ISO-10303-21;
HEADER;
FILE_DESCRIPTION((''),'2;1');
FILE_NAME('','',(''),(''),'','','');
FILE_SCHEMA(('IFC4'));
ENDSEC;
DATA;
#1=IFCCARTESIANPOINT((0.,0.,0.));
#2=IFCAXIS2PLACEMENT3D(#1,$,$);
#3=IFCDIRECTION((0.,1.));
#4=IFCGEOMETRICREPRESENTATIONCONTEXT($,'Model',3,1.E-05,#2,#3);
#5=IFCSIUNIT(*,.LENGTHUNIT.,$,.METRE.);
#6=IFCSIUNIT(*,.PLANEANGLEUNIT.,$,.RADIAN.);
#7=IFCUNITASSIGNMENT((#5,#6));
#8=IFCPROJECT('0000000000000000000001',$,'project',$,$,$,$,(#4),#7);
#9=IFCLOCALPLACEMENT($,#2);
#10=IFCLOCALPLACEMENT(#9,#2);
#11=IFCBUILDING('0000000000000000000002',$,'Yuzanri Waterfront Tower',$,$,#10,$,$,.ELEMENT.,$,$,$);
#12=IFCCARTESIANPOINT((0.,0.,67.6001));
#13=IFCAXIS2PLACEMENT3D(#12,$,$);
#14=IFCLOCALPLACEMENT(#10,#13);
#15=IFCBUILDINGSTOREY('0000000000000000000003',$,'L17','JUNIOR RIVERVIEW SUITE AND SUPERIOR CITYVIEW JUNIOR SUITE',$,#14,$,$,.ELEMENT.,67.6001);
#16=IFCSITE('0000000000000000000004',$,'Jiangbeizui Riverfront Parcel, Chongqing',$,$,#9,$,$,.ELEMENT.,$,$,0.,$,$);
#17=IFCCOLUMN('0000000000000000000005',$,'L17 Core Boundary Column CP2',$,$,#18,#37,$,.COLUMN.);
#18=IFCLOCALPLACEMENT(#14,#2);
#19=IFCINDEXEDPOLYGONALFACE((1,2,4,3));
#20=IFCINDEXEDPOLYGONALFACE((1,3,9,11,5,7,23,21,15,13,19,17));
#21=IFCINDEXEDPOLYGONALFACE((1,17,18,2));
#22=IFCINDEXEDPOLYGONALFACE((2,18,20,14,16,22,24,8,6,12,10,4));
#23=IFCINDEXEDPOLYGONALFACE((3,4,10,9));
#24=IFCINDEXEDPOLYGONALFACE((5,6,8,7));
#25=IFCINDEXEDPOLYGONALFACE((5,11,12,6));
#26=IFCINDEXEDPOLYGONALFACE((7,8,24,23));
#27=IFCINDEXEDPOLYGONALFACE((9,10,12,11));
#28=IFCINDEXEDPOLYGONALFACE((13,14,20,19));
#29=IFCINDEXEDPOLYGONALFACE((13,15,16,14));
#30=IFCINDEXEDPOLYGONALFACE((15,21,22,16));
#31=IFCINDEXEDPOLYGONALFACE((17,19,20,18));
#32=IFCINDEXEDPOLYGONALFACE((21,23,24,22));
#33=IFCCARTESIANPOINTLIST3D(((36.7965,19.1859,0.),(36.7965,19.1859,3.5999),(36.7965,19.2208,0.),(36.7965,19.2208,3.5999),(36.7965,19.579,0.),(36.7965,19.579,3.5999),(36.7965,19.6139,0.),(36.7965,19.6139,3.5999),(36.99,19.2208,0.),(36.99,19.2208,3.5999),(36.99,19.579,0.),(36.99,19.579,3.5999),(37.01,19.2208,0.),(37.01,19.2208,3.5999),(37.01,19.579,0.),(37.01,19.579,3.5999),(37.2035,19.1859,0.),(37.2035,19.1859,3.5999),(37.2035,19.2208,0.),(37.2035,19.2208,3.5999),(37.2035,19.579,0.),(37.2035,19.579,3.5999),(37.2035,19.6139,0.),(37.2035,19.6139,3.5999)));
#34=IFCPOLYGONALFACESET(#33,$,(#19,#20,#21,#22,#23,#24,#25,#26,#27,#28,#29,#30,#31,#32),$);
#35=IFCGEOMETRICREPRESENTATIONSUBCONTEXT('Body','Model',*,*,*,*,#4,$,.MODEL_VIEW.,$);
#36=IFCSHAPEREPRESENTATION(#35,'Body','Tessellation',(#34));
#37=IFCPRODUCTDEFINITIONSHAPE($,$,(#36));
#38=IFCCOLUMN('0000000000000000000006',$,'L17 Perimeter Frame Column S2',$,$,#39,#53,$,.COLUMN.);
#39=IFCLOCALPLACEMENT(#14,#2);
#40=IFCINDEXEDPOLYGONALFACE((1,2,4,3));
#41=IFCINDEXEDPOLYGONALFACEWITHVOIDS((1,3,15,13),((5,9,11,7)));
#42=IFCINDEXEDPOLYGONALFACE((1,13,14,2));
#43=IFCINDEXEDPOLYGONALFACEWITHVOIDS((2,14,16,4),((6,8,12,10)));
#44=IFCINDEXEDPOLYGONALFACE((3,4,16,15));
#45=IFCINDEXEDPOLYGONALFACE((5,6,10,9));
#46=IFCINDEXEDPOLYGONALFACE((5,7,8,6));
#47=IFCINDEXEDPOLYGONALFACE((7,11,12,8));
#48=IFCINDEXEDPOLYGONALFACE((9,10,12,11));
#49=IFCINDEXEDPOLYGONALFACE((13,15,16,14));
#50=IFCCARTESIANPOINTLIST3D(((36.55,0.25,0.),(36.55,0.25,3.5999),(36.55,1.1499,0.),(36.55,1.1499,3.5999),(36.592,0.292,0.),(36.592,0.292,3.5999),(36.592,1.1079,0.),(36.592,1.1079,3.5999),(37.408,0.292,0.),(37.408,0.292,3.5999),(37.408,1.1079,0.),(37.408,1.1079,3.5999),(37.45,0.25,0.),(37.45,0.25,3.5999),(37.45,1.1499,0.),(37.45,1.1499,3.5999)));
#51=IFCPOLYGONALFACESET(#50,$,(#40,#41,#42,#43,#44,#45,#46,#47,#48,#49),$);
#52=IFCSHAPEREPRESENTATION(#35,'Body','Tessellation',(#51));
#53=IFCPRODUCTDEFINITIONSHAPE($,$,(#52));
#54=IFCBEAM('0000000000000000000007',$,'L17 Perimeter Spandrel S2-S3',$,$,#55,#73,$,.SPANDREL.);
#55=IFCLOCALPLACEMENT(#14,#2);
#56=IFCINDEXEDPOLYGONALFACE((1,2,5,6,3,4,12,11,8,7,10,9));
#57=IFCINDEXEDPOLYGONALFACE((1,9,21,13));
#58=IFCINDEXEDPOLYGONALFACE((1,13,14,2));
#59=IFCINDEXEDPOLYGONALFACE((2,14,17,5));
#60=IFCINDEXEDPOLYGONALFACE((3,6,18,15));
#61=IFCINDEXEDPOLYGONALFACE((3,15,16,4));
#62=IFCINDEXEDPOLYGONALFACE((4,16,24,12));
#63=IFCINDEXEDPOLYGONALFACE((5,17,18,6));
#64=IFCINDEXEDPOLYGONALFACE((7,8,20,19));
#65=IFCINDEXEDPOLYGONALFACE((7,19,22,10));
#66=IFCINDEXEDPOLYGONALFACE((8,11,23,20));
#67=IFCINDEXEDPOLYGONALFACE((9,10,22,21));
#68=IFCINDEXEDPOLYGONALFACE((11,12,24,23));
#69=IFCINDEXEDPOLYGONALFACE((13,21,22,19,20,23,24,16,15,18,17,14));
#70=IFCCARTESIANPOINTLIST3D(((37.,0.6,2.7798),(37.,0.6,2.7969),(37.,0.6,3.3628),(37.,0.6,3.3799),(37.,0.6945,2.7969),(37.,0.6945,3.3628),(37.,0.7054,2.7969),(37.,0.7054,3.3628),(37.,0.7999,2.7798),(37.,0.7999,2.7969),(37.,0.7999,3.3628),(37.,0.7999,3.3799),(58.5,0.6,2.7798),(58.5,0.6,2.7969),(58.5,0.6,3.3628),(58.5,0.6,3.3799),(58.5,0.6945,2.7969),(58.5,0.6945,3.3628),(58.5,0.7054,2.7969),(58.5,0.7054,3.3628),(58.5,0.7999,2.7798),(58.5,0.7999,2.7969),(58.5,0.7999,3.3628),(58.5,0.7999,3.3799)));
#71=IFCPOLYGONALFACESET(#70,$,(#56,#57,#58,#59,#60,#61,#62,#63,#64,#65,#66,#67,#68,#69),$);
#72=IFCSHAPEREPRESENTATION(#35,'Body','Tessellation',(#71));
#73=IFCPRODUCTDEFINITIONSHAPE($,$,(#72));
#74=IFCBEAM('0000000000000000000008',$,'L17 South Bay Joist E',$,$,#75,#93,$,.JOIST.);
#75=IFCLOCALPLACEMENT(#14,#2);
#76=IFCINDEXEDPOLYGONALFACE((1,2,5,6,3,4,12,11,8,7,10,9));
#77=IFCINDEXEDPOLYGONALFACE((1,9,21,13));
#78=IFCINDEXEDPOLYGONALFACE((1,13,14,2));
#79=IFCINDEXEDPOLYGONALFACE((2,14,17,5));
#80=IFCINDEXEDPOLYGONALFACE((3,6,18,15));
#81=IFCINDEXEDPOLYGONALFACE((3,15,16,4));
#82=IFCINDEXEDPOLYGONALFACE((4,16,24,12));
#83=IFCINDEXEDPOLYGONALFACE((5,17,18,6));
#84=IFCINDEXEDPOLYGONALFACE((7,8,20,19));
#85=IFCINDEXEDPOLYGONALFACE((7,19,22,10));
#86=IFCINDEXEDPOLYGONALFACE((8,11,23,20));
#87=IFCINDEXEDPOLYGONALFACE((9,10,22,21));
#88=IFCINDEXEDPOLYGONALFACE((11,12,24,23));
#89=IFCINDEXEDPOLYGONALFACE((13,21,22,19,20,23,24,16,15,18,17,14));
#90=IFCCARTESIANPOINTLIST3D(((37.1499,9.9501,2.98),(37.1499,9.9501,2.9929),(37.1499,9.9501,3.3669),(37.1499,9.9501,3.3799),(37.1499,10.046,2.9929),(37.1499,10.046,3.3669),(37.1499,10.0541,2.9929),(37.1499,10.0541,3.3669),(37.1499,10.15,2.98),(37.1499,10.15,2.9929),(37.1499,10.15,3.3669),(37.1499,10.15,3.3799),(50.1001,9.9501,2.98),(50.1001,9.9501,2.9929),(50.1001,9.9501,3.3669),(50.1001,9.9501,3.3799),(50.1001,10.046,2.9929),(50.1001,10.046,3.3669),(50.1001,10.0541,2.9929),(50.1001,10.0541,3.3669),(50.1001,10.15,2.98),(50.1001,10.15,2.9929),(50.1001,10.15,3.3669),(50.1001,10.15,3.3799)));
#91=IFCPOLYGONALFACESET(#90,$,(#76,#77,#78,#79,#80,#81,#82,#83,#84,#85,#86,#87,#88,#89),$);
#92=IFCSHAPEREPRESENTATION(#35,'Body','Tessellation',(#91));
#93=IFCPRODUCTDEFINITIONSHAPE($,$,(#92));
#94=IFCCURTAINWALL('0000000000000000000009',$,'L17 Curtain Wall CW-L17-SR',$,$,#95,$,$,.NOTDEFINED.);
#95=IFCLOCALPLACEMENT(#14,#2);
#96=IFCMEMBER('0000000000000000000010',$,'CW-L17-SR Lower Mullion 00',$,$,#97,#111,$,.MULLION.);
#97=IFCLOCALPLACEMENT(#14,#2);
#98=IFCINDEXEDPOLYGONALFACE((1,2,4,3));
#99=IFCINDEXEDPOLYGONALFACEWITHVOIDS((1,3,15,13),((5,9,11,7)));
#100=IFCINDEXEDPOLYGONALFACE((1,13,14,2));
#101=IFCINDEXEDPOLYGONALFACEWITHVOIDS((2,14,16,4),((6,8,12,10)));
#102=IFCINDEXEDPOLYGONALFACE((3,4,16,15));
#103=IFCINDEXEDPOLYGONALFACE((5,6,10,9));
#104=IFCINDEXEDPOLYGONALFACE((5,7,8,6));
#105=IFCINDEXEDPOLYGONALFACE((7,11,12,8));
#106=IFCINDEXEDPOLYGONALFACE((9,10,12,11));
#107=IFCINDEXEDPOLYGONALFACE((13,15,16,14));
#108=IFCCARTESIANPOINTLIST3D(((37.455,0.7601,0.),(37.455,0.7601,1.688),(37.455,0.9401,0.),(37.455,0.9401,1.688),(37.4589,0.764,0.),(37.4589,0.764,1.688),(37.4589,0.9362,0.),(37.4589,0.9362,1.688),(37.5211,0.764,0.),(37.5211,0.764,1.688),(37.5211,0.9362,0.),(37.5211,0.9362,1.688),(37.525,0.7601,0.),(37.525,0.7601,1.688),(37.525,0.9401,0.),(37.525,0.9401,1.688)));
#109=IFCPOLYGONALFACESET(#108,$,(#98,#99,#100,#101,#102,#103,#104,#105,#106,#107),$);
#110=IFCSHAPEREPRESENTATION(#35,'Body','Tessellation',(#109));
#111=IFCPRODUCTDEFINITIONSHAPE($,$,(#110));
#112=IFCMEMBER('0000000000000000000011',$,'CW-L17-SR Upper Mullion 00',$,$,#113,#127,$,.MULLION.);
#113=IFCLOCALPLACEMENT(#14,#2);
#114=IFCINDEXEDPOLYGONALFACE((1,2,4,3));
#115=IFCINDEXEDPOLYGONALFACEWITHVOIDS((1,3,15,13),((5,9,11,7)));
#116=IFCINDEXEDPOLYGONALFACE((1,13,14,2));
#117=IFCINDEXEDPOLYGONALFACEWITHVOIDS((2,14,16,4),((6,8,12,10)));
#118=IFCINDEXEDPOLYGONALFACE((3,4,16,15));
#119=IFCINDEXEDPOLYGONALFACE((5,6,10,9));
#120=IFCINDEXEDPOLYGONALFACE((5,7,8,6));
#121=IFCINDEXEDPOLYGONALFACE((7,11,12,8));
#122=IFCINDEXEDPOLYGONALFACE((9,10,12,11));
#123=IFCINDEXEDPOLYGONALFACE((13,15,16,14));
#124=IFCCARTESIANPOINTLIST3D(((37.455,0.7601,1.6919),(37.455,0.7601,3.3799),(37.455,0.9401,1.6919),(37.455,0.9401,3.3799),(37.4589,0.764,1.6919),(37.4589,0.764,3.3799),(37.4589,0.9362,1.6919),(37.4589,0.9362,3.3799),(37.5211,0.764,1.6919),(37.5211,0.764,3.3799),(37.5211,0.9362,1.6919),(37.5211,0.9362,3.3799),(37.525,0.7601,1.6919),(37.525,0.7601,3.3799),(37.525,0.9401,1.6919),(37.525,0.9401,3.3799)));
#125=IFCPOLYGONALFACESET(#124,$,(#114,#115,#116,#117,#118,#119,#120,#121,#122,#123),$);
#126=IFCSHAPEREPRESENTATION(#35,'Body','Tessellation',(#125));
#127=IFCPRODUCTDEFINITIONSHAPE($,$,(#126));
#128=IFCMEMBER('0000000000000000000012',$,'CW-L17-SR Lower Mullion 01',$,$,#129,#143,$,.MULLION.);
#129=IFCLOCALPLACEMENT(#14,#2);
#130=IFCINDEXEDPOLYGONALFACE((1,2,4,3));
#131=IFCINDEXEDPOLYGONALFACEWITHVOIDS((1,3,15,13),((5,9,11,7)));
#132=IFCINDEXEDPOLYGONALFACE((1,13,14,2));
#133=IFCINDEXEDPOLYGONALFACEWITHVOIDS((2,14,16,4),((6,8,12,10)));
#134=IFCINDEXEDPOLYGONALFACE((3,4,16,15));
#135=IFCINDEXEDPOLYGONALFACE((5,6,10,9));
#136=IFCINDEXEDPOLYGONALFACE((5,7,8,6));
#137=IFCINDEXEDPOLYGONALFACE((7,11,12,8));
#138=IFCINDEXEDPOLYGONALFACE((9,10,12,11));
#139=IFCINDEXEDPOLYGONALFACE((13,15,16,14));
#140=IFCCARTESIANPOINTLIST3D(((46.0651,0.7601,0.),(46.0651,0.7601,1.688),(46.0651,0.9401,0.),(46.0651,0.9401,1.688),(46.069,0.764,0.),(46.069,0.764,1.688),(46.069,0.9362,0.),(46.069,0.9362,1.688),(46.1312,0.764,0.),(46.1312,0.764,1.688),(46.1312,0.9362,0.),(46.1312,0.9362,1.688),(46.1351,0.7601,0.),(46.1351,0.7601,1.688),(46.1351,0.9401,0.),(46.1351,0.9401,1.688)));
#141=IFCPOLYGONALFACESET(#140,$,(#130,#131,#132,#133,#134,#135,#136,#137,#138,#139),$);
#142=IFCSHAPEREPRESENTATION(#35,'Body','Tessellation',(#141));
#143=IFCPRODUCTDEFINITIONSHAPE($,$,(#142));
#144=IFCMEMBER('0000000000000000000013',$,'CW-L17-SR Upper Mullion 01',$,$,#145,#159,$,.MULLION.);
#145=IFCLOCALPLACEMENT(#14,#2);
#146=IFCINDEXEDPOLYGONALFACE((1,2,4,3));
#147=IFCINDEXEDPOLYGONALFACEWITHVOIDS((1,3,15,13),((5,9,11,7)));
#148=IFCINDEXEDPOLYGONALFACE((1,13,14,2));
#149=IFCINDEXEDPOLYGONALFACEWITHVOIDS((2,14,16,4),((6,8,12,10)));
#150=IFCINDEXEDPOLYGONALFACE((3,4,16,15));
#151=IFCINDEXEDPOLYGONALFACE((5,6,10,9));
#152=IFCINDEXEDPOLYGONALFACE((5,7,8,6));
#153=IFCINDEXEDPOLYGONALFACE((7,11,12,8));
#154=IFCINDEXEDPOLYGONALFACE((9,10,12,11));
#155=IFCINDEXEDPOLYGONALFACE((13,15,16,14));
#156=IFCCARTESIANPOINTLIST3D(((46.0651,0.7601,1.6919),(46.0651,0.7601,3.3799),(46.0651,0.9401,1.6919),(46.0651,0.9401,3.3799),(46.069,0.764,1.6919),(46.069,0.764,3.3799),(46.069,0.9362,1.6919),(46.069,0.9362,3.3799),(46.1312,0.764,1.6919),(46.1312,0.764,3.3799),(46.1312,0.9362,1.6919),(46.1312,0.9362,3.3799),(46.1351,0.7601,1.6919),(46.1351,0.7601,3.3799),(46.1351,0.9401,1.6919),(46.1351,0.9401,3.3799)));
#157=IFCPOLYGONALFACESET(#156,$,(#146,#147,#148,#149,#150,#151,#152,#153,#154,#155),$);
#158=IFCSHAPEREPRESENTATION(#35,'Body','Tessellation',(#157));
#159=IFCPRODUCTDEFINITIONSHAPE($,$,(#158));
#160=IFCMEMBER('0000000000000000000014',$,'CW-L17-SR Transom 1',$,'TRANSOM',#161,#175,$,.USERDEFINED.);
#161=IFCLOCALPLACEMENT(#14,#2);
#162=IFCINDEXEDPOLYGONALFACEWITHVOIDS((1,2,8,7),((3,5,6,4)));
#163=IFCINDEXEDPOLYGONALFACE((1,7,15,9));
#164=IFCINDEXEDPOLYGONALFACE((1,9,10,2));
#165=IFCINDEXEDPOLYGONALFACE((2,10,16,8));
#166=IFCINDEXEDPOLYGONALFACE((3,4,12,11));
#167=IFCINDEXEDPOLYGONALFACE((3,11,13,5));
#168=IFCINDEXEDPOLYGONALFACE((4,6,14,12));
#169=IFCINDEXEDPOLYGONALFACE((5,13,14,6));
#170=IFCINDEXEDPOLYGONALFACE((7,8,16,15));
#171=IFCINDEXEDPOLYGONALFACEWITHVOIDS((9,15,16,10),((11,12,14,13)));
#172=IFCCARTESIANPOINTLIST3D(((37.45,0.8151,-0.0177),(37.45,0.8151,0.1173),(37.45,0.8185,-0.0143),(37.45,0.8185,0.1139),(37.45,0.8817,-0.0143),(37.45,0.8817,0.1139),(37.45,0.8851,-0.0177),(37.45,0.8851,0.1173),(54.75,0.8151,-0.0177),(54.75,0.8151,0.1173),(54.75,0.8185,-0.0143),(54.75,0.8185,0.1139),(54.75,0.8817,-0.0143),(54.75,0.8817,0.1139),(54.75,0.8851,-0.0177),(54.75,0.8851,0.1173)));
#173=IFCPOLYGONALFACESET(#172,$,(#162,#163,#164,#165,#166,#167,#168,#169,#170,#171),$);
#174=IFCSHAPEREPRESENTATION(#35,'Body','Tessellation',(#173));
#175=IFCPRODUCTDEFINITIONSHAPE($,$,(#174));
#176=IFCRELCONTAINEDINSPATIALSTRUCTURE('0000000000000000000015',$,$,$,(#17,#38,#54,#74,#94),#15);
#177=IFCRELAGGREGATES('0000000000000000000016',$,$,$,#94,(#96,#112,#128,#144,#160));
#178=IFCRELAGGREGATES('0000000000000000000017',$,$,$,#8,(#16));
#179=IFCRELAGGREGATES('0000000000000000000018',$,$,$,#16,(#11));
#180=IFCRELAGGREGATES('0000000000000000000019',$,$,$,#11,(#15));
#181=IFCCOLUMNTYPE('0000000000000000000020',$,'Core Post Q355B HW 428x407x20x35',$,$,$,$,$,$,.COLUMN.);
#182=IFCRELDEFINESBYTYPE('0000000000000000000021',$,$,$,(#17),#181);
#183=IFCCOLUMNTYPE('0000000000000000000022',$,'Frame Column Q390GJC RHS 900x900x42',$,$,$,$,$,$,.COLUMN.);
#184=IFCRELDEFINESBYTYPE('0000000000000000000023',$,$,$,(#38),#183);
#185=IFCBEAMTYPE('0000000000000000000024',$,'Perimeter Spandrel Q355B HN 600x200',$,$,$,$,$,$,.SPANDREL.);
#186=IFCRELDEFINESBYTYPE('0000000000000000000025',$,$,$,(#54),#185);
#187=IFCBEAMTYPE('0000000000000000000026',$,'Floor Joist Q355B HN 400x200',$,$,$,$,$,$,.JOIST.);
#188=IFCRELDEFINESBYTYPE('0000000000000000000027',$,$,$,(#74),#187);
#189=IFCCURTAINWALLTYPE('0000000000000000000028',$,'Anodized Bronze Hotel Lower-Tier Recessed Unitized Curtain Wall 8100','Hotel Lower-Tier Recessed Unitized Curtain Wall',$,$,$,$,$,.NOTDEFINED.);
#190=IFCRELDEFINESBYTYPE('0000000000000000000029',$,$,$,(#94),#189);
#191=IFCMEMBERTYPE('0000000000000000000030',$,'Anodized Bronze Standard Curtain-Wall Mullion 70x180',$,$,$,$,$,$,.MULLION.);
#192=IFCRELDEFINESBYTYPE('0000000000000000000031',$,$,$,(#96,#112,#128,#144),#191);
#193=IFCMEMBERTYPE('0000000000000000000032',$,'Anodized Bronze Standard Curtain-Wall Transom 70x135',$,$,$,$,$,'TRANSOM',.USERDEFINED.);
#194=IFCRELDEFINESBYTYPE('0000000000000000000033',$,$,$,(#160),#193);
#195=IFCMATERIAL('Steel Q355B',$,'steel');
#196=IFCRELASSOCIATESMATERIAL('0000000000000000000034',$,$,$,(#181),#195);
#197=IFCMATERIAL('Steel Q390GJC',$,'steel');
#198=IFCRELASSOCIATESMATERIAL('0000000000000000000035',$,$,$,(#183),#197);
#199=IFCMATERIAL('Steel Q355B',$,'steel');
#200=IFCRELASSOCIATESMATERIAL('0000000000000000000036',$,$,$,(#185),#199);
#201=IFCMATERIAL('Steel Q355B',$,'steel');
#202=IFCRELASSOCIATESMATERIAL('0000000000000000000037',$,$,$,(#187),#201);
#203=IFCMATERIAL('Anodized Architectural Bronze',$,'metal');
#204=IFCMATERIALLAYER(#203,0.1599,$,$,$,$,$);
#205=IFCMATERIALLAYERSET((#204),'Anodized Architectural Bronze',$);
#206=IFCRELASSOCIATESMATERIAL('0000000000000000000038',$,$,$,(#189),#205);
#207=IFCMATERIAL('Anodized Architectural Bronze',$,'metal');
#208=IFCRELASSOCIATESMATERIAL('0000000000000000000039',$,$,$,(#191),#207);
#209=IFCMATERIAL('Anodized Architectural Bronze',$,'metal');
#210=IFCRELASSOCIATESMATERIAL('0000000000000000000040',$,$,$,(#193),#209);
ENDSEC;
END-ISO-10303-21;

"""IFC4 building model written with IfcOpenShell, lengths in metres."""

from ifc_helpers import new_model, si_unit, direction, frame, origin, origin_2d, place, context, subcontext, project, spatial, hollow_rectangle, i_section, extrude, source, transform, mapped, material, layer, layer_set, material_profile, profile_set, type_object, element, aggregate, save


model = new_model("IFC4")

# Units and contexts
model_context = context("Model", 3, precision=1e-05, world=origin(), true_north=direction((0.0, 1.0)))
body_context = subcontext(model_context, "Body", "Model", "MODEL_VIEW")
ifc_project = project(units=[si_unit("LENGTHUNIT", "METRE"), si_unit("PLANEANGLEUNIT", "RADIAN")], contexts=[model_context])

# Site, building, storey
site_placement = place(None, origin())
site = spatial("IfcSite", under=ifc_project, at=site_placement, Name="Jiangbeizui Riverfront Parcel, Chongqing", CompositionType="ELEMENT", RefElevation=0.0)
building_placement = place(site_placement, origin())
building = spatial("IfcBuilding", under=site, at=building_placement, Name="Yuzanri Waterfront Tower", CompositionType="ELEMENT")
storey_placement = place(building_placement, frame((0.0, 0.0, 67.6001)))
storey = spatial("IfcBuildingStorey", under=building, at=storey_placement, Name="L17", Description="JUNIOR RIVERVIEW SUITE AND SUPERIOR CITYVIEW JUNIOR SUITE", CompositionType="ELEMENT", Elevation=67.6001)

# Columns
ifc_material_1 = material(Name="Steel Q355B", Category="steel")
ifc_material_profile_1 = material_profile(ifc_material_1, i_section(OverallWidth=0.407, OverallDepth=0.428, WebThickness=0.02, FlangeThickness=0.0349, at=origin_2d()), Name="HW 428x407x20x35")
ifc_profile_set_1 = profile_set([ifc_material_profile_1], Name="Steel Q355B")
column_type_1 = type_object("IfcColumnType", Name="Core Post Q355B HW 428x407x20x35", PredefinedType="COLUMN", material=ifc_profile_set_1)
shared_shape_1 = source(origin(), body_context, "Body", "SweptSolid", [
    extrude(i_section(OverallWidth=0.407, OverallDepth=0.428, WebThickness=0.02, FlangeThickness=0.0349, at=origin_2d()), origin(), (0.0, 0.0, 1.0), 3.5999),
])
column_1_placement = place(storey_placement, frame((37.0, 19.3999, 0.0), z_axis=(0.0, 0.0, 1.0), x_axis=(1.0, 0.0, 0.0)))
element("IfcColumn", 1, at=column_1_placement, inside=storey, type_object=column_type_1, Name="L17 Core Boundary Column CP2", PredefinedType="COLUMN", context=body_context, shape_type="MappedRepresentation", body=[
    mapped(shared_shape_1, transform((0.0, 0.0, 0.0), scale=1.0)),
])
ifc_material_2 = material(Name="Steel Q390GJC", Category="steel")
ifc_material_profile_2 = material_profile(ifc_material_2, hollow_rectangle(XDim=0.8999, YDim=0.8999, WallThickness=0.042, at=origin_2d()), Name="RHS 900x900x42")
ifc_profile_set_2 = profile_set([ifc_material_profile_2], Name="Steel Q390GJC")
column_type_2 = type_object("IfcColumnType", Name="Frame Column Q390GJC RHS 900x900x42", PredefinedType="COLUMN", material=ifc_profile_set_2)
shared_shape_2 = source(origin(), body_context, "Body", "SweptSolid", [
    extrude(hollow_rectangle(XDim=0.8999, YDim=0.8999, WallThickness=0.042, at=origin_2d()), origin(), (0.0, 0.0, 1.0), 3.5999),
])
column_2_placement = place(storey_placement, frame((37.0, 0.7, 0.0), z_axis=(0.0, 0.0, 1.0), x_axis=(1.0, 0.0, 0.0)))
element("IfcColumn", 2, at=column_2_placement, inside=storey, type_object=column_type_2, Name="L17 Perimeter Frame Column S2", PredefinedType="COLUMN", context=body_context, shape_type="MappedRepresentation", body=[
    mapped(shared_shape_2, transform((0.0, 0.0, 0.0), scale=1.0)),
])

# Beams
ifc_material_3 = material(Name="Steel Q355B", Category="steel")
ifc_material_profile_3 = material_profile(ifc_material_3, i_section(OverallWidth=0.2, OverallDepth=0.6001, WebThickness=0.011, FlangeThickness=0.0171, at=origin_2d()), Name="HN 600x200x11x17")
ifc_profile_set_3 = profile_set([ifc_material_profile_3], Name="Steel Q355B")
beam_type_1 = type_object("IfcBeamType", Name="Perimeter Spandrel Q355B HN 600x200", PredefinedType="SPANDREL", material=ifc_profile_set_3)
shared_shape_3 = source(origin(), body_context, "Body", "SweptSolid", [
    extrude(i_section(OverallWidth=0.2, OverallDepth=0.6001, WebThickness=0.011, FlangeThickness=0.0171, at=origin_2d()), origin(), (0.0, 0.0, 1.0), 21.5),
])
beam_1_placement = place(storey_placement, frame((37.0, 0.7, 3.0798), z_axis=(1.0, 0.0, 0.0), x_axis=(0.0, 1.0, 0.0)))
element("IfcBeam", 3, at=beam_1_placement, inside=storey, type_object=beam_type_1, Name="L17 Perimeter Spandrel S2-S3", PredefinedType="SPANDREL", context=body_context, shape_type="MappedRepresentation", body=[
    mapped(shared_shape_3, transform((0.0, 0.0, 0.0), scale=1.0)),
])
ifc_material_4 = material(Name="Steel Q355B", Category="steel")
ifc_material_profile_4 = material_profile(ifc_material_4, i_section(OverallWidth=0.2, OverallDepth=0.3999, WebThickness=0.0081, FlangeThickness=0.0129, at=origin_2d()), Name="HN 400x200x8x13")
ifc_profile_set_4 = profile_set([ifc_material_profile_4], Name="Steel Q355B")
beam_type_2 = type_object("IfcBeamType", Name="Floor Joist Q355B HN 400x200", PredefinedType="JOIST", material=ifc_profile_set_4)
shared_shape_4 = source(origin(), body_context, "Body", "SweptSolid", [
    extrude(i_section(OverallWidth=0.2, OverallDepth=0.3999, WebThickness=0.0081, FlangeThickness=0.0129, at=origin_2d()), origin(), (0.0, 0.0, 1.0), 12.9502),
])
beam_2_placement = place(storey_placement, frame((37.1499, 10.05, 3.1799), z_axis=(1.0, 0.0, 0.0), x_axis=(0.0, 1.0, 0.0)))
element("IfcBeam", 4, at=beam_2_placement, inside=storey, type_object=beam_type_2, Name="L17 South Bay Joist E", PredefinedType="JOIST", context=body_context, shape_type="MappedRepresentation", body=[
    mapped(shared_shape_4, transform((0.0, 0.0, 0.0), scale=1.0)),
])

# Curtain wall, members
ifc_material_5 = material(Name="Anodized Architectural Bronze", Category="metal")
ifc_layer_1 = layer(ifc_material_5, 0.1599)
ifc_layer_set_1 = layer_set([ifc_layer_1], Name="Anodized Architectural Bronze")
curtain_wall_type = type_object("IfcCurtainWallType", Name="Anodized Bronze Hotel Lower-Tier Recessed Unitized Curtain Wall 8100", Description="Hotel Lower-Tier Recessed Unitized Curtain Wall", PredefinedType="NOTDEFINED", material=ifc_layer_set_1)
curtain_wall_placement = place(storey_placement, origin())
curtain_wall = element("IfcCurtainWall", 5, at=curtain_wall_placement, inside=storey, type_object=curtain_wall_type, Name="L17 Curtain Wall CW-L17-SR", PredefinedType="NOTDEFINED")
ifc_material_6 = material(Name="Anodized Architectural Bronze", Category="metal")
ifc_material_profile_5 = material_profile(ifc_material_6, hollow_rectangle(XDim=0.0701, YDim=0.1799, WallThickness=0.0039, at=origin_2d()), Name="CWM 70x180")
ifc_profile_set_5 = profile_set([ifc_material_profile_5], Name="Anodized Architectural Bronze")
member_type_1 = type_object("IfcMemberType", Name="Anodized Bronze Standard Curtain-Wall Mullion 70x180", PredefinedType="MULLION", material=ifc_profile_set_5)
shared_shape_5 = source(origin(), body_context, "Body", "SweptSolid", [
    extrude(hollow_rectangle(XDim=0.0701, YDim=0.1799, WallThickness=0.0039, at=origin_2d()), origin(), (0.0, 0.0, 1.0), 1.688),
])
member_1_placement = place(storey_placement, frame((37.49, 0.8501, 0.0), z_axis=(0.0, 0.0, 1.0), x_axis=(1.0, 0.0, 0.0)))
member_1 = element("IfcMember", 6, at=member_1_placement, type_object=member_type_1, Name="CW-L17-SR Lower Mullion 00", PredefinedType="MULLION", context=body_context, shape_type="MappedRepresentation", body=[
    mapped(shared_shape_5, transform((0.0, 0.0, 0.0), scale=1.0)),
])
member_2_placement = place(storey_placement, frame((37.49, 0.8501, 1.6919), z_axis=(0.0, 0.0, 1.0), x_axis=(1.0, 0.0, 0.0)))
member_2 = element("IfcMember", 7, at=member_2_placement, type_object=member_type_1, Name="CW-L17-SR Upper Mullion 00", PredefinedType="MULLION", context=body_context, shape_type="MappedRepresentation", body=[
    mapped(shared_shape_5, transform((0.0, 0.0, 0.0), scale=1.0)),
])
member_3_placement = place(storey_placement, frame((46.1001, 0.8501, 0.0), z_axis=(0.0, 0.0, 1.0), x_axis=(1.0, 0.0, 0.0)))
member_3 = element("IfcMember", 8, at=member_3_placement, type_object=member_type_1, Name="CW-L17-SR Lower Mullion 01", PredefinedType="MULLION", context=body_context, shape_type="MappedRepresentation", body=[
    mapped(shared_shape_5, transform((0.0, 0.0, 0.0), scale=1.0)),
])
member_4_placement = place(storey_placement, frame((46.1001, 0.8501, 1.6919), z_axis=(0.0, 0.0, 1.0), x_axis=(1.0, 0.0, 0.0)))
member_4 = element("IfcMember", 9, at=member_4_placement, type_object=member_type_1, Name="CW-L17-SR Upper Mullion 01", PredefinedType="MULLION", context=body_context, shape_type="MappedRepresentation", body=[
    mapped(shared_shape_5, transform((0.0, 0.0, 0.0), scale=1.0)),
])
ifc_material_7 = material(Name="Anodized Architectural Bronze", Category="metal")
ifc_material_profile_6 = material_profile(ifc_material_7, hollow_rectangle(XDim=0.0701, YDim=0.135, WallThickness=0.0034, at=origin_2d()), Name="CWT 70x135")
ifc_profile_set_6 = profile_set([ifc_material_profile_6], Name="Anodized Architectural Bronze")
member_type_2 = type_object("IfcMemberType", Name="Anodized Bronze Standard Curtain-Wall Transom 70x135", ElementType="TRANSOM", PredefinedType="USERDEFINED", material=ifc_profile_set_6)
shared_shape_6 = source(origin(), body_context, "Body", "SweptSolid", [
    extrude(hollow_rectangle(XDim=0.0701, YDim=0.135, WallThickness=0.0034, at=origin_2d()), origin(), (0.0, 0.0, 1.0), 17.3),
])
member_5_placement = place(storey_placement, frame((37.45, 0.8501, 0.0498), z_axis=(1.0, 0.0, 0.0), x_axis=(0.0, 1.0, 0.0)))
member_5 = element("IfcMember", 10, at=member_5_placement, type_object=member_type_2, Name="CW-L17-SR Transom 1", ObjectType="TRANSOM", PredefinedType="USERDEFINED", context=body_context, shape_type="MappedRepresentation", body=[
    mapped(shared_shape_6, transform((0.0, 0.0, 0.0), scale=1.0)),
])
aggregate(curtain_wall, [member_1, member_2, member_3, member_4, member_5])

save(model, "model.ifc")
